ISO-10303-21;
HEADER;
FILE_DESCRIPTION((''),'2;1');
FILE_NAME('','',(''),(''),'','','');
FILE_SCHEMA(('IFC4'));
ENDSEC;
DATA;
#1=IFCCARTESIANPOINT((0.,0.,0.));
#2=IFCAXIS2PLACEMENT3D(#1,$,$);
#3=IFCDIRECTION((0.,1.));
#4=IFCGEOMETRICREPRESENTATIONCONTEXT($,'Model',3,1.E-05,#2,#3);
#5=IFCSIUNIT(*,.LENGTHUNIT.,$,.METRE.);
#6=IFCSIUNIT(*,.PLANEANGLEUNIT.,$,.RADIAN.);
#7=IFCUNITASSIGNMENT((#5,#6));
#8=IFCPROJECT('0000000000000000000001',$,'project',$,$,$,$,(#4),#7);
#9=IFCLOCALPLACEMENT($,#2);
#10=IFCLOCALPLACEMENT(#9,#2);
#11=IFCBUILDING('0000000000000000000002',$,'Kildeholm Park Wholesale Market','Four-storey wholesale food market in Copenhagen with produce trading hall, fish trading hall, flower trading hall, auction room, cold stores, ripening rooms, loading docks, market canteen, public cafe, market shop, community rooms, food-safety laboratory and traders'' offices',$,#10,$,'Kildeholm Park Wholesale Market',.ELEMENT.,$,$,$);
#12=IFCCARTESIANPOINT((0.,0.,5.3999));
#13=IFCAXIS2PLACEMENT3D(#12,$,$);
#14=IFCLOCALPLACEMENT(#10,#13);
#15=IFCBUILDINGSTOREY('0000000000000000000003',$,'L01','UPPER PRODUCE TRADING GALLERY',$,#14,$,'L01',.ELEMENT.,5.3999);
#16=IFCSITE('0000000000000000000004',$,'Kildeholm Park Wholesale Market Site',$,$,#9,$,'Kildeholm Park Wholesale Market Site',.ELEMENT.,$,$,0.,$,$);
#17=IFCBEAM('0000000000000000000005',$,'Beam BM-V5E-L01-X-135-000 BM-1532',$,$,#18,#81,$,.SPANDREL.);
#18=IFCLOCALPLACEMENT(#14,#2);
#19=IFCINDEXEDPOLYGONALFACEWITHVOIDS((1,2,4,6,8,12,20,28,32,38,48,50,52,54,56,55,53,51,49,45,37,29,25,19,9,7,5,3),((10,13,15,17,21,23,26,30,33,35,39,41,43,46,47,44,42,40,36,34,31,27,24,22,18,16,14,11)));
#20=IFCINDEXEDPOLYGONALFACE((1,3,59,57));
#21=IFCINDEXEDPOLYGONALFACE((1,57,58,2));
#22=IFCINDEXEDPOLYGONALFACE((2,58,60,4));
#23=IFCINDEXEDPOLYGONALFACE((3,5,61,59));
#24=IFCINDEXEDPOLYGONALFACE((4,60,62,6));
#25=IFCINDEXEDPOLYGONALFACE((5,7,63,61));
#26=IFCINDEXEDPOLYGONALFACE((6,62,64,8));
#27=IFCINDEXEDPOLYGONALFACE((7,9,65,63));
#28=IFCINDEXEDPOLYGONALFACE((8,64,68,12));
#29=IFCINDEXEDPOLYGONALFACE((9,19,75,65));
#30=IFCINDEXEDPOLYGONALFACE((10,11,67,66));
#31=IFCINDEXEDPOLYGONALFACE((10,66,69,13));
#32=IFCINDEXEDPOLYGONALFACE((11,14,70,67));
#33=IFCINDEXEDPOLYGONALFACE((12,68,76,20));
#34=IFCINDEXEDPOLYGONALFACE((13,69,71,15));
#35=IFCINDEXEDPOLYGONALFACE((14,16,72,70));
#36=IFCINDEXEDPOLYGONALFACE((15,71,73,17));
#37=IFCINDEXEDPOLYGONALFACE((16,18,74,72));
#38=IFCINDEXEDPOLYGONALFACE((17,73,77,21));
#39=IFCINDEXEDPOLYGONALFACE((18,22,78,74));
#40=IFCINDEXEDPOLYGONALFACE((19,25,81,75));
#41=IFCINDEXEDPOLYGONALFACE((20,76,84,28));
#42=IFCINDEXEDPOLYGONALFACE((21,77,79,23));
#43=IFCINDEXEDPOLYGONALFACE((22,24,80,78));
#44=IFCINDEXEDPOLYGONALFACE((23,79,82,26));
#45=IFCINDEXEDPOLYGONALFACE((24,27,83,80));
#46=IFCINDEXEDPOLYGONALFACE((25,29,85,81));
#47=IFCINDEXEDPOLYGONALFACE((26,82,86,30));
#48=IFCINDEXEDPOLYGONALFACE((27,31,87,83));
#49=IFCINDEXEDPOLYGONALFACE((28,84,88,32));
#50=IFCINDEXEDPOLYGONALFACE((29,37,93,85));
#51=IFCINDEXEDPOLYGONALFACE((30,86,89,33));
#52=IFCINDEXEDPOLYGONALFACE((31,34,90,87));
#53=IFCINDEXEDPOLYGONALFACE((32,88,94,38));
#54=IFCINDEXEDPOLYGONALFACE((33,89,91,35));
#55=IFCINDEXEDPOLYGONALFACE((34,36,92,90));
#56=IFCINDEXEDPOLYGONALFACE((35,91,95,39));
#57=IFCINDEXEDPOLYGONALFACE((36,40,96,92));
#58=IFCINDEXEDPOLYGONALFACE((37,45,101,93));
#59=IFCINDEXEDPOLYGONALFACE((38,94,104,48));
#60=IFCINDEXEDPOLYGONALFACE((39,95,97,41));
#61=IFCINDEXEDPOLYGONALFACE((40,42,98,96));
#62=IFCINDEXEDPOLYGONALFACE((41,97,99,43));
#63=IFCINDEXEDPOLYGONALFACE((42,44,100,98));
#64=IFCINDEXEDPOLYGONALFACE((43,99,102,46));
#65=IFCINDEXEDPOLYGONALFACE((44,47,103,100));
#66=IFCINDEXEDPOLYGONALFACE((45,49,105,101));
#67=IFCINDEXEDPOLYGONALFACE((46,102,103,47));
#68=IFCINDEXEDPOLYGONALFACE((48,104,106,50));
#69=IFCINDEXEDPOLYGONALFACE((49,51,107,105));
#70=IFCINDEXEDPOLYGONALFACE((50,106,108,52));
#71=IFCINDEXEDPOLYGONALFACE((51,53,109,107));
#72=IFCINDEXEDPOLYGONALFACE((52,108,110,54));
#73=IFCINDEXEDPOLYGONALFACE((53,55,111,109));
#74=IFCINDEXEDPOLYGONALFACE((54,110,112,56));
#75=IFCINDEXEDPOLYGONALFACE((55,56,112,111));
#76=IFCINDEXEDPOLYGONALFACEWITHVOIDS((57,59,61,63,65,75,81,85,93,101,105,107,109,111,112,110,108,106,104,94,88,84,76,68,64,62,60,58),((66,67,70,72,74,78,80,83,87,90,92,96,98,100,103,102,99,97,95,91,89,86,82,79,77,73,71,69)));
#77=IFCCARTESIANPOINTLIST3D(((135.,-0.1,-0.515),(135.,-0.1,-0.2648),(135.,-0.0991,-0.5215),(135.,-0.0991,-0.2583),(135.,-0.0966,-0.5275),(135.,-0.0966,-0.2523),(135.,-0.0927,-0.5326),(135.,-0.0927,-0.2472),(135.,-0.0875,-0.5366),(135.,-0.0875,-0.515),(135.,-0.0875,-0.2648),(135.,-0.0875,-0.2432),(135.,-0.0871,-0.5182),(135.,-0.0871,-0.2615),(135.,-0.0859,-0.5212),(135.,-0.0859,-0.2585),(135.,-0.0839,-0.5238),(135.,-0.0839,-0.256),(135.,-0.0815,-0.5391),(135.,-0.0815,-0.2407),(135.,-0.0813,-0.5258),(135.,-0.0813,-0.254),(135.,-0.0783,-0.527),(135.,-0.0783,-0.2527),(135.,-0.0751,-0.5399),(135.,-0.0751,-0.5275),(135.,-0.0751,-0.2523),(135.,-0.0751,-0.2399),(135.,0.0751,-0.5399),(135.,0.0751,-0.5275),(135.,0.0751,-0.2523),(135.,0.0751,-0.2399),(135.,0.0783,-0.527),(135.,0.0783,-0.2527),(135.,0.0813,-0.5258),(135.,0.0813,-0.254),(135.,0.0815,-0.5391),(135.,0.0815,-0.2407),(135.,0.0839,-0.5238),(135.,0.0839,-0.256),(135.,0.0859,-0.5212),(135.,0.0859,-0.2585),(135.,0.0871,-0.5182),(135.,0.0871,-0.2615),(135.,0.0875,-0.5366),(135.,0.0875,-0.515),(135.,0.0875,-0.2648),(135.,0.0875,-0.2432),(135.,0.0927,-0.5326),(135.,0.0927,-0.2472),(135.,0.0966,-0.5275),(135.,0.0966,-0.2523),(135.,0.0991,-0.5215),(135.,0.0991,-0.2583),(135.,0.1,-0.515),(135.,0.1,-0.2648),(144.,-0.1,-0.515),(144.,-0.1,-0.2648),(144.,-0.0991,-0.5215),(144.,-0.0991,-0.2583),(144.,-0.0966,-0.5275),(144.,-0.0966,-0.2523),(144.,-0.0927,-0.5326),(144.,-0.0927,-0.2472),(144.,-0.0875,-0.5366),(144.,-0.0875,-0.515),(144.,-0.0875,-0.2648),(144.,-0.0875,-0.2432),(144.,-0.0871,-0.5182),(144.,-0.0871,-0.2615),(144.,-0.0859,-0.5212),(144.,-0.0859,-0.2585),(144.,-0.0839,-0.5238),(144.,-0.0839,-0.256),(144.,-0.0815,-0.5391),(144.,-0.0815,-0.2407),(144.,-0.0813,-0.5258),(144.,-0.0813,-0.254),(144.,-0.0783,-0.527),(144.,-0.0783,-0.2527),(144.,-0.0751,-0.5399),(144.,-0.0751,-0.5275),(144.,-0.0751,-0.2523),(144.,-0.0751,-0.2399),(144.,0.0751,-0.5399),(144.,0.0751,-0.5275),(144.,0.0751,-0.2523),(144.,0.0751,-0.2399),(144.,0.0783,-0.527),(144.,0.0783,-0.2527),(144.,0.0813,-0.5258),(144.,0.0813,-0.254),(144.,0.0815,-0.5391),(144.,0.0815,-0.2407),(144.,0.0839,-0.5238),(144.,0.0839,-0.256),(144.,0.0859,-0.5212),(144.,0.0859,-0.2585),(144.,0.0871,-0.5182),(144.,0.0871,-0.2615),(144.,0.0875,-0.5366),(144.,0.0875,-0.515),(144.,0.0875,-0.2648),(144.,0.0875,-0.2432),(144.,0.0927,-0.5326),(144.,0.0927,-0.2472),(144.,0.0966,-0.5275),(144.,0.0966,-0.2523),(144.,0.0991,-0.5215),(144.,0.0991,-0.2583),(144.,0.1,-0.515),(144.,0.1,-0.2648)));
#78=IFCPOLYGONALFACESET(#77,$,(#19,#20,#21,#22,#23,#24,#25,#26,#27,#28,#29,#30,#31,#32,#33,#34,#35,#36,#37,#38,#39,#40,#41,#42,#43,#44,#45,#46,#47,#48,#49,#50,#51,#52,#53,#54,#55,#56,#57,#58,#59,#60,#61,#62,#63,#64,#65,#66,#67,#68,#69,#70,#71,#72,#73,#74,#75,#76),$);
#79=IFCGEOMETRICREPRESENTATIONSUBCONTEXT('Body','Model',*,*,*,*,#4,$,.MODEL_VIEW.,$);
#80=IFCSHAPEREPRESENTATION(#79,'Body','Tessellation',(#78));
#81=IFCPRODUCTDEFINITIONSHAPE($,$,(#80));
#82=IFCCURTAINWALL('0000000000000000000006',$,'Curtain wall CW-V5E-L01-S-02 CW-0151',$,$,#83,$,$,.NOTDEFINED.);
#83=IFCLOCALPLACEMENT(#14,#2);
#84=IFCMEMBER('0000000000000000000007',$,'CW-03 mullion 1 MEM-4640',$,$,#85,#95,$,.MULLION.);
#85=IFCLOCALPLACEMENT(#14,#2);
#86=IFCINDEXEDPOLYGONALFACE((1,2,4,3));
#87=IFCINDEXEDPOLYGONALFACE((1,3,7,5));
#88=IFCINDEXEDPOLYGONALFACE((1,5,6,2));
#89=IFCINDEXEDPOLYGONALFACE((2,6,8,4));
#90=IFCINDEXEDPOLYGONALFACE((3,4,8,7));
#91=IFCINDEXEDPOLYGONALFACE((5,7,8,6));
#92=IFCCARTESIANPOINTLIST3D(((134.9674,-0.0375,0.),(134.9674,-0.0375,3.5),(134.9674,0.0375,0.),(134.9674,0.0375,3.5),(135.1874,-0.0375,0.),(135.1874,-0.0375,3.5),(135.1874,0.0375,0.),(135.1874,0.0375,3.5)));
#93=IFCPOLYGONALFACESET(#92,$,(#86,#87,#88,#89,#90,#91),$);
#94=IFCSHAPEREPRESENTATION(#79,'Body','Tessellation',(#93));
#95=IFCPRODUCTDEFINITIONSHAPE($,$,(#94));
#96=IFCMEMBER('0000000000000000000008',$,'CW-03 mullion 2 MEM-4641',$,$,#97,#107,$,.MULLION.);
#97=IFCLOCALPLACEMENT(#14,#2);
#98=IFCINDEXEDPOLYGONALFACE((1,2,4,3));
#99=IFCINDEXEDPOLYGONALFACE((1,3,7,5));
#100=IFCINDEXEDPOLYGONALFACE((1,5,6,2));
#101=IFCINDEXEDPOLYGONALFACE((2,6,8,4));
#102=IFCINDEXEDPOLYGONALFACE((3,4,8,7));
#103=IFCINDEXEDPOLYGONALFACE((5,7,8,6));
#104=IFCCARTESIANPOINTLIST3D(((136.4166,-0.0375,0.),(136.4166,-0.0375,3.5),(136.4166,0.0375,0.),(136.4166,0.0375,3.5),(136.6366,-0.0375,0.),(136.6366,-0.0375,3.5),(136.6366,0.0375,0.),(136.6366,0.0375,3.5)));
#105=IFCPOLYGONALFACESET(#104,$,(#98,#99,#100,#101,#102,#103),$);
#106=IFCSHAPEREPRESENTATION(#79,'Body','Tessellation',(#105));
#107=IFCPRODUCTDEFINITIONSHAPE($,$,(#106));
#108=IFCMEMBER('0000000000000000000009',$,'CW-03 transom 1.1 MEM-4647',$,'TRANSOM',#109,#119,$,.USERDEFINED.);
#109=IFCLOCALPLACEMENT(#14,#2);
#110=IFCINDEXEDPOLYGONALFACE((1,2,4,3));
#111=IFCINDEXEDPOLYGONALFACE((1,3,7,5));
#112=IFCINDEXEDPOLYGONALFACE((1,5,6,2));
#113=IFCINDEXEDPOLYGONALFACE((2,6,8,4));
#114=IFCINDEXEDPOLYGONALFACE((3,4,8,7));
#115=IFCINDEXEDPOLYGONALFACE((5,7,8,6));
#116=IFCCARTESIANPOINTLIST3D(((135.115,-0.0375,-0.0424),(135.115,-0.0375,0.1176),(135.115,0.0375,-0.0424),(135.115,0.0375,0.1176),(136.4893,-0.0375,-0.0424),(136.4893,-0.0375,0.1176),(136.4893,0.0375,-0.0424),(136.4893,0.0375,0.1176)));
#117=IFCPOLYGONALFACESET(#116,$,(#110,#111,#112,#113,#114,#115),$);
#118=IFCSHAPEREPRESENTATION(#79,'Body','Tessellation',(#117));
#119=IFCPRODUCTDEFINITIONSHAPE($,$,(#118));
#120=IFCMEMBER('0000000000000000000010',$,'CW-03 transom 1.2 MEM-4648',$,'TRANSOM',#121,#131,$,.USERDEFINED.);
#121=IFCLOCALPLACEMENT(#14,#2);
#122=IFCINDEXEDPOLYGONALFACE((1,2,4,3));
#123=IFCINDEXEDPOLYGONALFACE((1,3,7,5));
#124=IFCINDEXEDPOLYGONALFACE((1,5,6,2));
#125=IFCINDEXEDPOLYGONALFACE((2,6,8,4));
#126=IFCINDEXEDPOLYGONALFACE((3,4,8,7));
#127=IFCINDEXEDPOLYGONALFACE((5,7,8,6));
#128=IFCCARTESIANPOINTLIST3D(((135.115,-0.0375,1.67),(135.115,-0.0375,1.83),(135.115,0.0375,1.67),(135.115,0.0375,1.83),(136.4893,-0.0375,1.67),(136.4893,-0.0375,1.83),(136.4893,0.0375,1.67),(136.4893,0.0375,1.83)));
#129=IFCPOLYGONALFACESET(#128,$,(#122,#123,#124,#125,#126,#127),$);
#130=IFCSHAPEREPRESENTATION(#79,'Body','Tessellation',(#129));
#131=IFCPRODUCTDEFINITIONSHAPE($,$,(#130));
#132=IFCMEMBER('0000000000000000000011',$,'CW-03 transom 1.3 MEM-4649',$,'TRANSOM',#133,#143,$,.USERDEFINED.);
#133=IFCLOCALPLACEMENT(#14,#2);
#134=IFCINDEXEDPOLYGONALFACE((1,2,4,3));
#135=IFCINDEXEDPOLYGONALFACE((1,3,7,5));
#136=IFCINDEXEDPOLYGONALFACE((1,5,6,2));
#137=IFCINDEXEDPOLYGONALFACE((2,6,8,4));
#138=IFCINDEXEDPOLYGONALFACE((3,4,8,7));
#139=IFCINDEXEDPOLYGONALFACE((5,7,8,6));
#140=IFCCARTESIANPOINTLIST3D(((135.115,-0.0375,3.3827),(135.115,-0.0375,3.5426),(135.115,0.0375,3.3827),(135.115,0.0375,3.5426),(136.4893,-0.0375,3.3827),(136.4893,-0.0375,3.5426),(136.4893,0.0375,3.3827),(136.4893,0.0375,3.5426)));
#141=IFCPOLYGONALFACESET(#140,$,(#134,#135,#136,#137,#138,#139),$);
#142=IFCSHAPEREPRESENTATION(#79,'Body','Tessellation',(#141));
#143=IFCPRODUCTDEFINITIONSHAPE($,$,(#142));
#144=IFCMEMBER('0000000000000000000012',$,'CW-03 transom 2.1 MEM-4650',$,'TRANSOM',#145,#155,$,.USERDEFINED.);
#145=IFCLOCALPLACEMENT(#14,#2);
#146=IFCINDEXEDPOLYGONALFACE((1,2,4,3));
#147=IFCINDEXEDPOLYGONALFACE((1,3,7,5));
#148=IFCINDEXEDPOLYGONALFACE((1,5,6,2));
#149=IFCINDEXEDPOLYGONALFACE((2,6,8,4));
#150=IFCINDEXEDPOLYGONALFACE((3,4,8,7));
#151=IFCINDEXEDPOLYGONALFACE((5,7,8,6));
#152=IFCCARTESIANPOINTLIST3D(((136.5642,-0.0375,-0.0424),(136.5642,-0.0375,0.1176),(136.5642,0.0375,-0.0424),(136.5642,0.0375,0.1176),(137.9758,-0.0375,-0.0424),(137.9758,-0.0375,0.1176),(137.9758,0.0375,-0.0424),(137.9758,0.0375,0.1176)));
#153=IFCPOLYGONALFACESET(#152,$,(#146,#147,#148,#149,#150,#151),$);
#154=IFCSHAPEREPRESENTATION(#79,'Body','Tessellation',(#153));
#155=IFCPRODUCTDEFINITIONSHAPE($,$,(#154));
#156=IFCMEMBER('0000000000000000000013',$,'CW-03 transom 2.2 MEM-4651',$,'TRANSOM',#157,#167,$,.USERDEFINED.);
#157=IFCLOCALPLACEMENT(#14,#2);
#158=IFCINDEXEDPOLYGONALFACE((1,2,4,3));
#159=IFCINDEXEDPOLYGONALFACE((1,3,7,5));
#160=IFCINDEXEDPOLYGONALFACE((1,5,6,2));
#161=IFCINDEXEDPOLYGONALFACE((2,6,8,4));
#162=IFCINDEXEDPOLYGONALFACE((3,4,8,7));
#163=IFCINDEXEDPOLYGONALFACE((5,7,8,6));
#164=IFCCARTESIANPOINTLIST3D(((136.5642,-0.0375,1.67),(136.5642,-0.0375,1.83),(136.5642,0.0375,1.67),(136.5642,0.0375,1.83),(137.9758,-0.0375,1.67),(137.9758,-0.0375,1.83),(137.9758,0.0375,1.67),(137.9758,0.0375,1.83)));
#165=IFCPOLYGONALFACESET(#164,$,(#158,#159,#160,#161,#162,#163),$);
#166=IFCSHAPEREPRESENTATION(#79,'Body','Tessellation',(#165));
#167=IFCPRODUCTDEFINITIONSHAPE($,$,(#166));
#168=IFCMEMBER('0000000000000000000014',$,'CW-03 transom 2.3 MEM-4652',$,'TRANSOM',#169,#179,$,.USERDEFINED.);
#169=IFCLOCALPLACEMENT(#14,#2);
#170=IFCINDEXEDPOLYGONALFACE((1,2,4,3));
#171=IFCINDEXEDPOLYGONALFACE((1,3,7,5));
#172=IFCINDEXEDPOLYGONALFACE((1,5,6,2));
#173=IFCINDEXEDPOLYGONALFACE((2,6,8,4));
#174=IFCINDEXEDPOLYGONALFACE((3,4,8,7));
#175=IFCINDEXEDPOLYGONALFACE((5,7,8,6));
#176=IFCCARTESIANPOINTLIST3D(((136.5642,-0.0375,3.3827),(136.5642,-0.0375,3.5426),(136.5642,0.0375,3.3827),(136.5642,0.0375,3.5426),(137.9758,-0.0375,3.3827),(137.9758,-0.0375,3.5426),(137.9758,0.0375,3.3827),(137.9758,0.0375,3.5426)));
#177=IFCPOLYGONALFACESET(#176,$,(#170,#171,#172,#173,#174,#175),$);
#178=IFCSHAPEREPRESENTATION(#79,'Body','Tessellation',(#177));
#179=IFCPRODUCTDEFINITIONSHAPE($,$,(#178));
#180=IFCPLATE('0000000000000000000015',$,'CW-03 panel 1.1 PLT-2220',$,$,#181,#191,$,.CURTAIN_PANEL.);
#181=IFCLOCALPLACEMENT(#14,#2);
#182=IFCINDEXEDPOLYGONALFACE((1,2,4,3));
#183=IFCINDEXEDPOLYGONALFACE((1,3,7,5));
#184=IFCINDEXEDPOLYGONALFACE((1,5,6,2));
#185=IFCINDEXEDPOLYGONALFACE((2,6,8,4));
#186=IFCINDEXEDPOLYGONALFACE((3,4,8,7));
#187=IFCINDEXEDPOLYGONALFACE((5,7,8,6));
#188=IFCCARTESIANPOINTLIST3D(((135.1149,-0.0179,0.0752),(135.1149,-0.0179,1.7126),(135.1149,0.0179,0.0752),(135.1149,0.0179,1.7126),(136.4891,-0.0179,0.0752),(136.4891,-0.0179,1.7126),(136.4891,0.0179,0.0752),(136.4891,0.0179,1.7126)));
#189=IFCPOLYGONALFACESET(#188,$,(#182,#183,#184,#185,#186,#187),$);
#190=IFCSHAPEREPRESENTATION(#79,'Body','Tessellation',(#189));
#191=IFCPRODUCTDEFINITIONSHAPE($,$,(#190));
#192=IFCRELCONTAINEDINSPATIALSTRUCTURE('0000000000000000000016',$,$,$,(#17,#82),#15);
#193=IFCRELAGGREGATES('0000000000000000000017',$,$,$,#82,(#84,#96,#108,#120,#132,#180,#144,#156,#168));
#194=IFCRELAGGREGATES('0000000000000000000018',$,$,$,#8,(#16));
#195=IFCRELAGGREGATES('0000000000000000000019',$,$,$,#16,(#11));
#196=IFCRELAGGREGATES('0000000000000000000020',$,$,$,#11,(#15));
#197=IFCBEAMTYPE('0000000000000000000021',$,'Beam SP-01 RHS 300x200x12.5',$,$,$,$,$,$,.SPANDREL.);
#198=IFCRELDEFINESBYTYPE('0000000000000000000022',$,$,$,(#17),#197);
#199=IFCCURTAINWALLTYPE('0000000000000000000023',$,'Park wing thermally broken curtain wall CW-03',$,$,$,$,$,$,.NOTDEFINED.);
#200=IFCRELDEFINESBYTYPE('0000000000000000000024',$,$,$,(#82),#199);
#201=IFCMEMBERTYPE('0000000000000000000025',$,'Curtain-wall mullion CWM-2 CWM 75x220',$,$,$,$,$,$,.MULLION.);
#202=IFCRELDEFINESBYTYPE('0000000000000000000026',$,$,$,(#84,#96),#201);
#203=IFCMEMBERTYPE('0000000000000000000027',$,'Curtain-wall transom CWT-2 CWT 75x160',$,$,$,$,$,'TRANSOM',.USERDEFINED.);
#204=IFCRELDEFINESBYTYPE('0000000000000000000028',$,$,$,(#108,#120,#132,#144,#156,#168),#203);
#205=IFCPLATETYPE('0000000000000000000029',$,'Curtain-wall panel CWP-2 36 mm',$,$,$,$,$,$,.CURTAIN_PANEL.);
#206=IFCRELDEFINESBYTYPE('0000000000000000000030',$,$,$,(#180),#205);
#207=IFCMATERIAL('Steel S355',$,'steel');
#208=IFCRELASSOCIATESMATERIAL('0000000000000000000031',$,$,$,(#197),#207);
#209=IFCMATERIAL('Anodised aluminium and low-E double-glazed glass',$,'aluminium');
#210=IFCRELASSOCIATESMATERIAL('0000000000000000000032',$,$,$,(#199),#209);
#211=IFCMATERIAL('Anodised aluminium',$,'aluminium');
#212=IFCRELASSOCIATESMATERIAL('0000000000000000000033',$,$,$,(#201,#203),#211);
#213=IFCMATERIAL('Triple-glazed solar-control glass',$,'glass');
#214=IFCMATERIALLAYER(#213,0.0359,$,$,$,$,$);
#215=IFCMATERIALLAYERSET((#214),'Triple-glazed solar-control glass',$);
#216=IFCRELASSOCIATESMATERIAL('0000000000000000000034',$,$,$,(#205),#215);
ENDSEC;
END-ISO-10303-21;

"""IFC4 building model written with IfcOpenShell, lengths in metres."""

from ifc_helpers import new_model, si_unit, direction, frame, origin, origin_2d, place, context, subcontext, project, spatial, rectangle, hollow_rectangle, extrude, material, layer, layer_set, material_profile, profile_set, type_object, element, aggregate, save


model = new_model("IFC4")

# Units and contexts
model_context = context("Model", 3, precision=1e-05, world=origin(), true_north=direction((0.0, 1.0)))
body_context = subcontext(model_context, "Body", "Model", "MODEL_VIEW")
ifc_project = project(units=[si_unit("LENGTHUNIT", "METRE"), si_unit("PLANEANGLEUNIT", "RADIAN")], contexts=[model_context])

# Site, building, storey
site_placement = place(None, origin())
site = spatial("IfcSite", under=ifc_project, at=site_placement, Name="Kildeholm Park Wholesale Market Site", LongName="Kildeholm Park Wholesale Market Site", CompositionType="ELEMENT", RefElevation=0.0)
building_placement = place(site_placement, origin())
building = spatial("IfcBuilding", under=site, at=building_placement, Name="Kildeholm Park Wholesale Market", Description="Four-storey wholesale food market in Copenhagen with produce trading hall, fish trading hall, flower trading hall, auction room, cold stores, ripening rooms, loading docks, market canteen, public cafe, market shop, community rooms, food-safety laboratory and traders' offices", LongName="Kildeholm Park Wholesale Market", CompositionType="ELEMENT")
storey_placement = place(building_placement, frame((0.0, 0.0, 5.3999)))
storey = spatial("IfcBuildingStorey", under=building, at=storey_placement, Name="L01", Description="UPPER PRODUCE TRADING GALLERY", LongName="L01", CompositionType="ELEMENT", Elevation=5.3999)

# Shared definitions
ifc_material_1 = material(Name="Steel S355", Category="steel")

# Beam
ifc_material_profile_1 = material_profile(ifc_material_1, hollow_rectangle(XDim=0.2, YDim=0.3, WallThickness=0.0125, InnerFilletRadius=0.0125, OuterFilletRadius=0.0249, at=origin_2d()), Name="RHS 300x200x12.5")
ifc_profile_set_1 = profile_set([ifc_material_profile_1], Name="Steel S355")
beam_type_1 = type_object("IfcBeamType", Name="Beam SP-01 RHS 300x200x12.5", PredefinedType="SPANDREL", material=ifc_profile_set_1)
beam_1_placement = place(storey_placement, frame((135.0, 0.0, -0.3899), z_axis=(1.0, 0.0, 0.0), x_axis=(0.0, 1.0, 0.0)))
element("IfcBeam", 1, at=beam_1_placement, inside=storey, type_object=beam_type_1, Name="Beam BM-V5E-L01-X-135-000 BM-1532", PredefinedType="SPANDREL", context=body_context, shape_type="SweptSolid", body=[
    extrude(hollow_rectangle(XDim=0.2, YDim=0.3, WallThickness=0.0125, InnerFilletRadius=0.0125, OuterFilletRadius=0.0249, at=origin_2d()), origin(), (0.0, 0.0, 1.0), 9.0),
])

# Curtain wall, members, plate
ifc_material_2 = material(Name="Anodised aluminium and low-E double-glazed glass", Category="aluminium")
curtain_wall_type = type_object("IfcCurtainWallType", Name="Park wing thermally broken curtain wall CW-03", PredefinedType="NOTDEFINED", material=ifc_material_2)
curtain_wall_placement = place(storey_placement, origin())
curtain_wall = element("IfcCurtainWall", 2, at=curtain_wall_placement, inside=storey, type_object=curtain_wall_type, Name="Curtain wall CW-V5E-L01-S-02 CW-0151", PredefinedType="NOTDEFINED")
ifc_material_3 = material(Name="Anodised aluminium", Category="aluminium")
ifc_material_profile_2 = material_profile(ifc_material_3, rectangle(XDim=0.075, YDim=0.22, at=origin_2d()), Name="CWM 75x220")
ifc_profile_set_2 = profile_set([ifc_material_profile_2], Name="Anodised aluminium")
member_type_1 = type_object("IfcMemberType", Name="Curtain-wall mullion CWM-2 CWM 75x220", PredefinedType="MULLION", material=ifc_profile_set_2)
member_1_placement = place(storey_placement, frame((135.0774, 0.0, 0.0), z_axis=(0.0, 0.0, 1.0), x_axis=(0.0, 1.0, 0.0)))
member_1 = element("IfcMember", 3, at=member_1_placement, type_object=member_type_1, Name="CW-03 mullion 1 MEM-4640", PredefinedType="MULLION", context=body_context, shape_type="SweptSolid", body=[
    extrude(rectangle(XDim=0.075, YDim=0.22, at=origin_2d()), origin(), (0.0, 0.0, 1.0), 3.5),
])
member_2_placement = place(storey_placement, frame((136.5266, 0.0, 0.0), z_axis=(0.0, 0.0, 1.0), x_axis=(0.0, 1.0, 0.0)))
member_2 = element("IfcMember", 4, at=member_2_placement, type_object=member_type_1, Name="CW-03 mullion 2 MEM-4641", PredefinedType="MULLION", context=body_context, shape_type="SweptSolid", body=[
    extrude(rectangle(XDim=0.075, YDim=0.22, at=origin_2d()), origin(), (0.0, 0.0, 1.0), 3.5),
])
ifc_material_profile_3 = material_profile(ifc_material_3, rectangle(XDim=0.075, YDim=0.1599, at=origin_2d()), Name="CWT 75x160")
ifc_profile_set_3 = profile_set([ifc_material_profile_3], Name="Anodised aluminium")
member_type_2 = type_object("IfcMemberType", Name="Curtain-wall transom CWT-2 CWT 75x160", ElementType="TRANSOM", PredefinedType="USERDEFINED", material=ifc_profile_set_3)
member_3_placement = place(storey_placement, frame((135.115, 0.0, 0.0376), z_axis=(1.0, 0.0, 0.0), x_axis=(0.0, 1.0, 0.0)))
member_3 = element("IfcMember", 5, at=member_3_placement, type_object=member_type_2, Name="CW-03 transom 1.1 MEM-4647", ObjectType="TRANSOM", PredefinedType="USERDEFINED", context=body_context, shape_type="SweptSolid", body=[
    extrude(rectangle(XDim=0.075, YDim=0.1599, at=origin_2d()), origin(), (0.0, 0.0, 1.0), 1.3743),
])
member_4_placement = place(storey_placement, frame((135.115, 0.0, 1.75), z_axis=(1.0, 0.0, 0.0), x_axis=(0.0, 1.0, 0.0)))
member_4 = element("IfcMember", 6, at=member_4_placement, type_object=member_type_2, Name="CW-03 transom 1.2 MEM-4648", ObjectType="TRANSOM", PredefinedType="USERDEFINED", context=body_context, shape_type="SweptSolid", body=[
    extrude(rectangle(XDim=0.075, YDim=0.1599, at=origin_2d()), origin(), (0.0, 0.0, 1.0), 1.3743),
])
member_5_placement = place(storey_placement, frame((135.115, 0.0, 3.4626), z_axis=(1.0, 0.0, 0.0), x_axis=(0.0, 1.0, 0.0)))
member_5 = element("IfcMember", 7, at=member_5_placement, type_object=member_type_2, Name="CW-03 transom 1.3 MEM-4649", ObjectType="TRANSOM", PredefinedType="USERDEFINED", context=body_context, shape_type="SweptSolid", body=[
    extrude(rectangle(XDim=0.075, YDim=0.1599, at=origin_2d()), origin(), (0.0, 0.0, 1.0), 1.3743),
])
member_6_placement = place(storey_placement, frame((136.5642, 0.0, 0.0376), z_axis=(1.0, 0.0, 0.0), x_axis=(0.0, 1.0, 0.0)))
member_6 = element("IfcMember", 8, at=member_6_placement, type_object=member_type_2, Name="CW-03 transom 2.1 MEM-4650", ObjectType="TRANSOM", PredefinedType="USERDEFINED", context=body_context, shape_type="SweptSolid", body=[
    extrude(rectangle(XDim=0.075, YDim=0.1599, at=origin_2d()), origin(), (0.0, 0.0, 1.0), 1.4116),
])
member_7_placement = place(storey_placement, frame((136.5642, 0.0, 1.75), z_axis=(1.0, 0.0, 0.0), x_axis=(0.0, 1.0, 0.0)))
member_7 = element("IfcMember", 9, at=member_7_placement, type_object=member_type_2, Name="CW-03 transom 2.2 MEM-4651", ObjectType="TRANSOM", PredefinedType="USERDEFINED", context=body_context, shape_type="SweptSolid", body=[
    extrude(rectangle(XDim=0.075, YDim=0.1599, at=origin_2d()), origin(), (0.0, 0.0, 1.0), 1.4116),
])
member_8_placement = place(storey_placement, frame((136.5642, 0.0, 3.4626), z_axis=(1.0, 0.0, 0.0), x_axis=(0.0, 1.0, 0.0)))
member_8 = element("IfcMember", 10, at=member_8_placement, type_object=member_type_2, Name="CW-03 transom 2.3 MEM-4652", ObjectType="TRANSOM", PredefinedType="USERDEFINED", context=body_context, shape_type="SweptSolid", body=[
    extrude(rectangle(XDim=0.075, YDim=0.1599, at=origin_2d()), origin(), (0.0, 0.0, 1.0), 1.4116),
])
ifc_material_4 = material(Name="Triple-glazed solar-control glass", Category="glass")
ifc_layer_1 = layer(ifc_material_4, 0.0359)
ifc_layer_set_1 = layer_set([ifc_layer_1], Name="Triple-glazed solar-control glass")
plate_type = type_object("IfcPlateType", Name="Curtain-wall panel CWP-2 36 mm", PredefinedType="CURTAIN_PANEL", material=ifc_layer_set_1)
plate_1_placement = place(storey_placement, frame((135.802, 0.0, 0.0752), z_axis=(0.0, 0.0, 1.0), x_axis=(1.0, 0.0, 0.0)))
plate_1 = element("IfcPlate", 11, at=plate_1_placement, type_object=plate_type, Name="CW-03 panel 1.1 PLT-2220", PredefinedType="CURTAIN_PANEL", context=body_context, shape_type="SweptSolid", body=[
    extrude(rectangle(XDim=1.3743, YDim=0.0359, at=origin_2d()), origin(), (0.0, 0.0, 1.0), 1.6375),
])
aggregate(curtain_wall, [member_1, member_2, member_3, member_4, member_5, plate_1, member_6, member_7, member_8])

save(model, "model.ifc")
